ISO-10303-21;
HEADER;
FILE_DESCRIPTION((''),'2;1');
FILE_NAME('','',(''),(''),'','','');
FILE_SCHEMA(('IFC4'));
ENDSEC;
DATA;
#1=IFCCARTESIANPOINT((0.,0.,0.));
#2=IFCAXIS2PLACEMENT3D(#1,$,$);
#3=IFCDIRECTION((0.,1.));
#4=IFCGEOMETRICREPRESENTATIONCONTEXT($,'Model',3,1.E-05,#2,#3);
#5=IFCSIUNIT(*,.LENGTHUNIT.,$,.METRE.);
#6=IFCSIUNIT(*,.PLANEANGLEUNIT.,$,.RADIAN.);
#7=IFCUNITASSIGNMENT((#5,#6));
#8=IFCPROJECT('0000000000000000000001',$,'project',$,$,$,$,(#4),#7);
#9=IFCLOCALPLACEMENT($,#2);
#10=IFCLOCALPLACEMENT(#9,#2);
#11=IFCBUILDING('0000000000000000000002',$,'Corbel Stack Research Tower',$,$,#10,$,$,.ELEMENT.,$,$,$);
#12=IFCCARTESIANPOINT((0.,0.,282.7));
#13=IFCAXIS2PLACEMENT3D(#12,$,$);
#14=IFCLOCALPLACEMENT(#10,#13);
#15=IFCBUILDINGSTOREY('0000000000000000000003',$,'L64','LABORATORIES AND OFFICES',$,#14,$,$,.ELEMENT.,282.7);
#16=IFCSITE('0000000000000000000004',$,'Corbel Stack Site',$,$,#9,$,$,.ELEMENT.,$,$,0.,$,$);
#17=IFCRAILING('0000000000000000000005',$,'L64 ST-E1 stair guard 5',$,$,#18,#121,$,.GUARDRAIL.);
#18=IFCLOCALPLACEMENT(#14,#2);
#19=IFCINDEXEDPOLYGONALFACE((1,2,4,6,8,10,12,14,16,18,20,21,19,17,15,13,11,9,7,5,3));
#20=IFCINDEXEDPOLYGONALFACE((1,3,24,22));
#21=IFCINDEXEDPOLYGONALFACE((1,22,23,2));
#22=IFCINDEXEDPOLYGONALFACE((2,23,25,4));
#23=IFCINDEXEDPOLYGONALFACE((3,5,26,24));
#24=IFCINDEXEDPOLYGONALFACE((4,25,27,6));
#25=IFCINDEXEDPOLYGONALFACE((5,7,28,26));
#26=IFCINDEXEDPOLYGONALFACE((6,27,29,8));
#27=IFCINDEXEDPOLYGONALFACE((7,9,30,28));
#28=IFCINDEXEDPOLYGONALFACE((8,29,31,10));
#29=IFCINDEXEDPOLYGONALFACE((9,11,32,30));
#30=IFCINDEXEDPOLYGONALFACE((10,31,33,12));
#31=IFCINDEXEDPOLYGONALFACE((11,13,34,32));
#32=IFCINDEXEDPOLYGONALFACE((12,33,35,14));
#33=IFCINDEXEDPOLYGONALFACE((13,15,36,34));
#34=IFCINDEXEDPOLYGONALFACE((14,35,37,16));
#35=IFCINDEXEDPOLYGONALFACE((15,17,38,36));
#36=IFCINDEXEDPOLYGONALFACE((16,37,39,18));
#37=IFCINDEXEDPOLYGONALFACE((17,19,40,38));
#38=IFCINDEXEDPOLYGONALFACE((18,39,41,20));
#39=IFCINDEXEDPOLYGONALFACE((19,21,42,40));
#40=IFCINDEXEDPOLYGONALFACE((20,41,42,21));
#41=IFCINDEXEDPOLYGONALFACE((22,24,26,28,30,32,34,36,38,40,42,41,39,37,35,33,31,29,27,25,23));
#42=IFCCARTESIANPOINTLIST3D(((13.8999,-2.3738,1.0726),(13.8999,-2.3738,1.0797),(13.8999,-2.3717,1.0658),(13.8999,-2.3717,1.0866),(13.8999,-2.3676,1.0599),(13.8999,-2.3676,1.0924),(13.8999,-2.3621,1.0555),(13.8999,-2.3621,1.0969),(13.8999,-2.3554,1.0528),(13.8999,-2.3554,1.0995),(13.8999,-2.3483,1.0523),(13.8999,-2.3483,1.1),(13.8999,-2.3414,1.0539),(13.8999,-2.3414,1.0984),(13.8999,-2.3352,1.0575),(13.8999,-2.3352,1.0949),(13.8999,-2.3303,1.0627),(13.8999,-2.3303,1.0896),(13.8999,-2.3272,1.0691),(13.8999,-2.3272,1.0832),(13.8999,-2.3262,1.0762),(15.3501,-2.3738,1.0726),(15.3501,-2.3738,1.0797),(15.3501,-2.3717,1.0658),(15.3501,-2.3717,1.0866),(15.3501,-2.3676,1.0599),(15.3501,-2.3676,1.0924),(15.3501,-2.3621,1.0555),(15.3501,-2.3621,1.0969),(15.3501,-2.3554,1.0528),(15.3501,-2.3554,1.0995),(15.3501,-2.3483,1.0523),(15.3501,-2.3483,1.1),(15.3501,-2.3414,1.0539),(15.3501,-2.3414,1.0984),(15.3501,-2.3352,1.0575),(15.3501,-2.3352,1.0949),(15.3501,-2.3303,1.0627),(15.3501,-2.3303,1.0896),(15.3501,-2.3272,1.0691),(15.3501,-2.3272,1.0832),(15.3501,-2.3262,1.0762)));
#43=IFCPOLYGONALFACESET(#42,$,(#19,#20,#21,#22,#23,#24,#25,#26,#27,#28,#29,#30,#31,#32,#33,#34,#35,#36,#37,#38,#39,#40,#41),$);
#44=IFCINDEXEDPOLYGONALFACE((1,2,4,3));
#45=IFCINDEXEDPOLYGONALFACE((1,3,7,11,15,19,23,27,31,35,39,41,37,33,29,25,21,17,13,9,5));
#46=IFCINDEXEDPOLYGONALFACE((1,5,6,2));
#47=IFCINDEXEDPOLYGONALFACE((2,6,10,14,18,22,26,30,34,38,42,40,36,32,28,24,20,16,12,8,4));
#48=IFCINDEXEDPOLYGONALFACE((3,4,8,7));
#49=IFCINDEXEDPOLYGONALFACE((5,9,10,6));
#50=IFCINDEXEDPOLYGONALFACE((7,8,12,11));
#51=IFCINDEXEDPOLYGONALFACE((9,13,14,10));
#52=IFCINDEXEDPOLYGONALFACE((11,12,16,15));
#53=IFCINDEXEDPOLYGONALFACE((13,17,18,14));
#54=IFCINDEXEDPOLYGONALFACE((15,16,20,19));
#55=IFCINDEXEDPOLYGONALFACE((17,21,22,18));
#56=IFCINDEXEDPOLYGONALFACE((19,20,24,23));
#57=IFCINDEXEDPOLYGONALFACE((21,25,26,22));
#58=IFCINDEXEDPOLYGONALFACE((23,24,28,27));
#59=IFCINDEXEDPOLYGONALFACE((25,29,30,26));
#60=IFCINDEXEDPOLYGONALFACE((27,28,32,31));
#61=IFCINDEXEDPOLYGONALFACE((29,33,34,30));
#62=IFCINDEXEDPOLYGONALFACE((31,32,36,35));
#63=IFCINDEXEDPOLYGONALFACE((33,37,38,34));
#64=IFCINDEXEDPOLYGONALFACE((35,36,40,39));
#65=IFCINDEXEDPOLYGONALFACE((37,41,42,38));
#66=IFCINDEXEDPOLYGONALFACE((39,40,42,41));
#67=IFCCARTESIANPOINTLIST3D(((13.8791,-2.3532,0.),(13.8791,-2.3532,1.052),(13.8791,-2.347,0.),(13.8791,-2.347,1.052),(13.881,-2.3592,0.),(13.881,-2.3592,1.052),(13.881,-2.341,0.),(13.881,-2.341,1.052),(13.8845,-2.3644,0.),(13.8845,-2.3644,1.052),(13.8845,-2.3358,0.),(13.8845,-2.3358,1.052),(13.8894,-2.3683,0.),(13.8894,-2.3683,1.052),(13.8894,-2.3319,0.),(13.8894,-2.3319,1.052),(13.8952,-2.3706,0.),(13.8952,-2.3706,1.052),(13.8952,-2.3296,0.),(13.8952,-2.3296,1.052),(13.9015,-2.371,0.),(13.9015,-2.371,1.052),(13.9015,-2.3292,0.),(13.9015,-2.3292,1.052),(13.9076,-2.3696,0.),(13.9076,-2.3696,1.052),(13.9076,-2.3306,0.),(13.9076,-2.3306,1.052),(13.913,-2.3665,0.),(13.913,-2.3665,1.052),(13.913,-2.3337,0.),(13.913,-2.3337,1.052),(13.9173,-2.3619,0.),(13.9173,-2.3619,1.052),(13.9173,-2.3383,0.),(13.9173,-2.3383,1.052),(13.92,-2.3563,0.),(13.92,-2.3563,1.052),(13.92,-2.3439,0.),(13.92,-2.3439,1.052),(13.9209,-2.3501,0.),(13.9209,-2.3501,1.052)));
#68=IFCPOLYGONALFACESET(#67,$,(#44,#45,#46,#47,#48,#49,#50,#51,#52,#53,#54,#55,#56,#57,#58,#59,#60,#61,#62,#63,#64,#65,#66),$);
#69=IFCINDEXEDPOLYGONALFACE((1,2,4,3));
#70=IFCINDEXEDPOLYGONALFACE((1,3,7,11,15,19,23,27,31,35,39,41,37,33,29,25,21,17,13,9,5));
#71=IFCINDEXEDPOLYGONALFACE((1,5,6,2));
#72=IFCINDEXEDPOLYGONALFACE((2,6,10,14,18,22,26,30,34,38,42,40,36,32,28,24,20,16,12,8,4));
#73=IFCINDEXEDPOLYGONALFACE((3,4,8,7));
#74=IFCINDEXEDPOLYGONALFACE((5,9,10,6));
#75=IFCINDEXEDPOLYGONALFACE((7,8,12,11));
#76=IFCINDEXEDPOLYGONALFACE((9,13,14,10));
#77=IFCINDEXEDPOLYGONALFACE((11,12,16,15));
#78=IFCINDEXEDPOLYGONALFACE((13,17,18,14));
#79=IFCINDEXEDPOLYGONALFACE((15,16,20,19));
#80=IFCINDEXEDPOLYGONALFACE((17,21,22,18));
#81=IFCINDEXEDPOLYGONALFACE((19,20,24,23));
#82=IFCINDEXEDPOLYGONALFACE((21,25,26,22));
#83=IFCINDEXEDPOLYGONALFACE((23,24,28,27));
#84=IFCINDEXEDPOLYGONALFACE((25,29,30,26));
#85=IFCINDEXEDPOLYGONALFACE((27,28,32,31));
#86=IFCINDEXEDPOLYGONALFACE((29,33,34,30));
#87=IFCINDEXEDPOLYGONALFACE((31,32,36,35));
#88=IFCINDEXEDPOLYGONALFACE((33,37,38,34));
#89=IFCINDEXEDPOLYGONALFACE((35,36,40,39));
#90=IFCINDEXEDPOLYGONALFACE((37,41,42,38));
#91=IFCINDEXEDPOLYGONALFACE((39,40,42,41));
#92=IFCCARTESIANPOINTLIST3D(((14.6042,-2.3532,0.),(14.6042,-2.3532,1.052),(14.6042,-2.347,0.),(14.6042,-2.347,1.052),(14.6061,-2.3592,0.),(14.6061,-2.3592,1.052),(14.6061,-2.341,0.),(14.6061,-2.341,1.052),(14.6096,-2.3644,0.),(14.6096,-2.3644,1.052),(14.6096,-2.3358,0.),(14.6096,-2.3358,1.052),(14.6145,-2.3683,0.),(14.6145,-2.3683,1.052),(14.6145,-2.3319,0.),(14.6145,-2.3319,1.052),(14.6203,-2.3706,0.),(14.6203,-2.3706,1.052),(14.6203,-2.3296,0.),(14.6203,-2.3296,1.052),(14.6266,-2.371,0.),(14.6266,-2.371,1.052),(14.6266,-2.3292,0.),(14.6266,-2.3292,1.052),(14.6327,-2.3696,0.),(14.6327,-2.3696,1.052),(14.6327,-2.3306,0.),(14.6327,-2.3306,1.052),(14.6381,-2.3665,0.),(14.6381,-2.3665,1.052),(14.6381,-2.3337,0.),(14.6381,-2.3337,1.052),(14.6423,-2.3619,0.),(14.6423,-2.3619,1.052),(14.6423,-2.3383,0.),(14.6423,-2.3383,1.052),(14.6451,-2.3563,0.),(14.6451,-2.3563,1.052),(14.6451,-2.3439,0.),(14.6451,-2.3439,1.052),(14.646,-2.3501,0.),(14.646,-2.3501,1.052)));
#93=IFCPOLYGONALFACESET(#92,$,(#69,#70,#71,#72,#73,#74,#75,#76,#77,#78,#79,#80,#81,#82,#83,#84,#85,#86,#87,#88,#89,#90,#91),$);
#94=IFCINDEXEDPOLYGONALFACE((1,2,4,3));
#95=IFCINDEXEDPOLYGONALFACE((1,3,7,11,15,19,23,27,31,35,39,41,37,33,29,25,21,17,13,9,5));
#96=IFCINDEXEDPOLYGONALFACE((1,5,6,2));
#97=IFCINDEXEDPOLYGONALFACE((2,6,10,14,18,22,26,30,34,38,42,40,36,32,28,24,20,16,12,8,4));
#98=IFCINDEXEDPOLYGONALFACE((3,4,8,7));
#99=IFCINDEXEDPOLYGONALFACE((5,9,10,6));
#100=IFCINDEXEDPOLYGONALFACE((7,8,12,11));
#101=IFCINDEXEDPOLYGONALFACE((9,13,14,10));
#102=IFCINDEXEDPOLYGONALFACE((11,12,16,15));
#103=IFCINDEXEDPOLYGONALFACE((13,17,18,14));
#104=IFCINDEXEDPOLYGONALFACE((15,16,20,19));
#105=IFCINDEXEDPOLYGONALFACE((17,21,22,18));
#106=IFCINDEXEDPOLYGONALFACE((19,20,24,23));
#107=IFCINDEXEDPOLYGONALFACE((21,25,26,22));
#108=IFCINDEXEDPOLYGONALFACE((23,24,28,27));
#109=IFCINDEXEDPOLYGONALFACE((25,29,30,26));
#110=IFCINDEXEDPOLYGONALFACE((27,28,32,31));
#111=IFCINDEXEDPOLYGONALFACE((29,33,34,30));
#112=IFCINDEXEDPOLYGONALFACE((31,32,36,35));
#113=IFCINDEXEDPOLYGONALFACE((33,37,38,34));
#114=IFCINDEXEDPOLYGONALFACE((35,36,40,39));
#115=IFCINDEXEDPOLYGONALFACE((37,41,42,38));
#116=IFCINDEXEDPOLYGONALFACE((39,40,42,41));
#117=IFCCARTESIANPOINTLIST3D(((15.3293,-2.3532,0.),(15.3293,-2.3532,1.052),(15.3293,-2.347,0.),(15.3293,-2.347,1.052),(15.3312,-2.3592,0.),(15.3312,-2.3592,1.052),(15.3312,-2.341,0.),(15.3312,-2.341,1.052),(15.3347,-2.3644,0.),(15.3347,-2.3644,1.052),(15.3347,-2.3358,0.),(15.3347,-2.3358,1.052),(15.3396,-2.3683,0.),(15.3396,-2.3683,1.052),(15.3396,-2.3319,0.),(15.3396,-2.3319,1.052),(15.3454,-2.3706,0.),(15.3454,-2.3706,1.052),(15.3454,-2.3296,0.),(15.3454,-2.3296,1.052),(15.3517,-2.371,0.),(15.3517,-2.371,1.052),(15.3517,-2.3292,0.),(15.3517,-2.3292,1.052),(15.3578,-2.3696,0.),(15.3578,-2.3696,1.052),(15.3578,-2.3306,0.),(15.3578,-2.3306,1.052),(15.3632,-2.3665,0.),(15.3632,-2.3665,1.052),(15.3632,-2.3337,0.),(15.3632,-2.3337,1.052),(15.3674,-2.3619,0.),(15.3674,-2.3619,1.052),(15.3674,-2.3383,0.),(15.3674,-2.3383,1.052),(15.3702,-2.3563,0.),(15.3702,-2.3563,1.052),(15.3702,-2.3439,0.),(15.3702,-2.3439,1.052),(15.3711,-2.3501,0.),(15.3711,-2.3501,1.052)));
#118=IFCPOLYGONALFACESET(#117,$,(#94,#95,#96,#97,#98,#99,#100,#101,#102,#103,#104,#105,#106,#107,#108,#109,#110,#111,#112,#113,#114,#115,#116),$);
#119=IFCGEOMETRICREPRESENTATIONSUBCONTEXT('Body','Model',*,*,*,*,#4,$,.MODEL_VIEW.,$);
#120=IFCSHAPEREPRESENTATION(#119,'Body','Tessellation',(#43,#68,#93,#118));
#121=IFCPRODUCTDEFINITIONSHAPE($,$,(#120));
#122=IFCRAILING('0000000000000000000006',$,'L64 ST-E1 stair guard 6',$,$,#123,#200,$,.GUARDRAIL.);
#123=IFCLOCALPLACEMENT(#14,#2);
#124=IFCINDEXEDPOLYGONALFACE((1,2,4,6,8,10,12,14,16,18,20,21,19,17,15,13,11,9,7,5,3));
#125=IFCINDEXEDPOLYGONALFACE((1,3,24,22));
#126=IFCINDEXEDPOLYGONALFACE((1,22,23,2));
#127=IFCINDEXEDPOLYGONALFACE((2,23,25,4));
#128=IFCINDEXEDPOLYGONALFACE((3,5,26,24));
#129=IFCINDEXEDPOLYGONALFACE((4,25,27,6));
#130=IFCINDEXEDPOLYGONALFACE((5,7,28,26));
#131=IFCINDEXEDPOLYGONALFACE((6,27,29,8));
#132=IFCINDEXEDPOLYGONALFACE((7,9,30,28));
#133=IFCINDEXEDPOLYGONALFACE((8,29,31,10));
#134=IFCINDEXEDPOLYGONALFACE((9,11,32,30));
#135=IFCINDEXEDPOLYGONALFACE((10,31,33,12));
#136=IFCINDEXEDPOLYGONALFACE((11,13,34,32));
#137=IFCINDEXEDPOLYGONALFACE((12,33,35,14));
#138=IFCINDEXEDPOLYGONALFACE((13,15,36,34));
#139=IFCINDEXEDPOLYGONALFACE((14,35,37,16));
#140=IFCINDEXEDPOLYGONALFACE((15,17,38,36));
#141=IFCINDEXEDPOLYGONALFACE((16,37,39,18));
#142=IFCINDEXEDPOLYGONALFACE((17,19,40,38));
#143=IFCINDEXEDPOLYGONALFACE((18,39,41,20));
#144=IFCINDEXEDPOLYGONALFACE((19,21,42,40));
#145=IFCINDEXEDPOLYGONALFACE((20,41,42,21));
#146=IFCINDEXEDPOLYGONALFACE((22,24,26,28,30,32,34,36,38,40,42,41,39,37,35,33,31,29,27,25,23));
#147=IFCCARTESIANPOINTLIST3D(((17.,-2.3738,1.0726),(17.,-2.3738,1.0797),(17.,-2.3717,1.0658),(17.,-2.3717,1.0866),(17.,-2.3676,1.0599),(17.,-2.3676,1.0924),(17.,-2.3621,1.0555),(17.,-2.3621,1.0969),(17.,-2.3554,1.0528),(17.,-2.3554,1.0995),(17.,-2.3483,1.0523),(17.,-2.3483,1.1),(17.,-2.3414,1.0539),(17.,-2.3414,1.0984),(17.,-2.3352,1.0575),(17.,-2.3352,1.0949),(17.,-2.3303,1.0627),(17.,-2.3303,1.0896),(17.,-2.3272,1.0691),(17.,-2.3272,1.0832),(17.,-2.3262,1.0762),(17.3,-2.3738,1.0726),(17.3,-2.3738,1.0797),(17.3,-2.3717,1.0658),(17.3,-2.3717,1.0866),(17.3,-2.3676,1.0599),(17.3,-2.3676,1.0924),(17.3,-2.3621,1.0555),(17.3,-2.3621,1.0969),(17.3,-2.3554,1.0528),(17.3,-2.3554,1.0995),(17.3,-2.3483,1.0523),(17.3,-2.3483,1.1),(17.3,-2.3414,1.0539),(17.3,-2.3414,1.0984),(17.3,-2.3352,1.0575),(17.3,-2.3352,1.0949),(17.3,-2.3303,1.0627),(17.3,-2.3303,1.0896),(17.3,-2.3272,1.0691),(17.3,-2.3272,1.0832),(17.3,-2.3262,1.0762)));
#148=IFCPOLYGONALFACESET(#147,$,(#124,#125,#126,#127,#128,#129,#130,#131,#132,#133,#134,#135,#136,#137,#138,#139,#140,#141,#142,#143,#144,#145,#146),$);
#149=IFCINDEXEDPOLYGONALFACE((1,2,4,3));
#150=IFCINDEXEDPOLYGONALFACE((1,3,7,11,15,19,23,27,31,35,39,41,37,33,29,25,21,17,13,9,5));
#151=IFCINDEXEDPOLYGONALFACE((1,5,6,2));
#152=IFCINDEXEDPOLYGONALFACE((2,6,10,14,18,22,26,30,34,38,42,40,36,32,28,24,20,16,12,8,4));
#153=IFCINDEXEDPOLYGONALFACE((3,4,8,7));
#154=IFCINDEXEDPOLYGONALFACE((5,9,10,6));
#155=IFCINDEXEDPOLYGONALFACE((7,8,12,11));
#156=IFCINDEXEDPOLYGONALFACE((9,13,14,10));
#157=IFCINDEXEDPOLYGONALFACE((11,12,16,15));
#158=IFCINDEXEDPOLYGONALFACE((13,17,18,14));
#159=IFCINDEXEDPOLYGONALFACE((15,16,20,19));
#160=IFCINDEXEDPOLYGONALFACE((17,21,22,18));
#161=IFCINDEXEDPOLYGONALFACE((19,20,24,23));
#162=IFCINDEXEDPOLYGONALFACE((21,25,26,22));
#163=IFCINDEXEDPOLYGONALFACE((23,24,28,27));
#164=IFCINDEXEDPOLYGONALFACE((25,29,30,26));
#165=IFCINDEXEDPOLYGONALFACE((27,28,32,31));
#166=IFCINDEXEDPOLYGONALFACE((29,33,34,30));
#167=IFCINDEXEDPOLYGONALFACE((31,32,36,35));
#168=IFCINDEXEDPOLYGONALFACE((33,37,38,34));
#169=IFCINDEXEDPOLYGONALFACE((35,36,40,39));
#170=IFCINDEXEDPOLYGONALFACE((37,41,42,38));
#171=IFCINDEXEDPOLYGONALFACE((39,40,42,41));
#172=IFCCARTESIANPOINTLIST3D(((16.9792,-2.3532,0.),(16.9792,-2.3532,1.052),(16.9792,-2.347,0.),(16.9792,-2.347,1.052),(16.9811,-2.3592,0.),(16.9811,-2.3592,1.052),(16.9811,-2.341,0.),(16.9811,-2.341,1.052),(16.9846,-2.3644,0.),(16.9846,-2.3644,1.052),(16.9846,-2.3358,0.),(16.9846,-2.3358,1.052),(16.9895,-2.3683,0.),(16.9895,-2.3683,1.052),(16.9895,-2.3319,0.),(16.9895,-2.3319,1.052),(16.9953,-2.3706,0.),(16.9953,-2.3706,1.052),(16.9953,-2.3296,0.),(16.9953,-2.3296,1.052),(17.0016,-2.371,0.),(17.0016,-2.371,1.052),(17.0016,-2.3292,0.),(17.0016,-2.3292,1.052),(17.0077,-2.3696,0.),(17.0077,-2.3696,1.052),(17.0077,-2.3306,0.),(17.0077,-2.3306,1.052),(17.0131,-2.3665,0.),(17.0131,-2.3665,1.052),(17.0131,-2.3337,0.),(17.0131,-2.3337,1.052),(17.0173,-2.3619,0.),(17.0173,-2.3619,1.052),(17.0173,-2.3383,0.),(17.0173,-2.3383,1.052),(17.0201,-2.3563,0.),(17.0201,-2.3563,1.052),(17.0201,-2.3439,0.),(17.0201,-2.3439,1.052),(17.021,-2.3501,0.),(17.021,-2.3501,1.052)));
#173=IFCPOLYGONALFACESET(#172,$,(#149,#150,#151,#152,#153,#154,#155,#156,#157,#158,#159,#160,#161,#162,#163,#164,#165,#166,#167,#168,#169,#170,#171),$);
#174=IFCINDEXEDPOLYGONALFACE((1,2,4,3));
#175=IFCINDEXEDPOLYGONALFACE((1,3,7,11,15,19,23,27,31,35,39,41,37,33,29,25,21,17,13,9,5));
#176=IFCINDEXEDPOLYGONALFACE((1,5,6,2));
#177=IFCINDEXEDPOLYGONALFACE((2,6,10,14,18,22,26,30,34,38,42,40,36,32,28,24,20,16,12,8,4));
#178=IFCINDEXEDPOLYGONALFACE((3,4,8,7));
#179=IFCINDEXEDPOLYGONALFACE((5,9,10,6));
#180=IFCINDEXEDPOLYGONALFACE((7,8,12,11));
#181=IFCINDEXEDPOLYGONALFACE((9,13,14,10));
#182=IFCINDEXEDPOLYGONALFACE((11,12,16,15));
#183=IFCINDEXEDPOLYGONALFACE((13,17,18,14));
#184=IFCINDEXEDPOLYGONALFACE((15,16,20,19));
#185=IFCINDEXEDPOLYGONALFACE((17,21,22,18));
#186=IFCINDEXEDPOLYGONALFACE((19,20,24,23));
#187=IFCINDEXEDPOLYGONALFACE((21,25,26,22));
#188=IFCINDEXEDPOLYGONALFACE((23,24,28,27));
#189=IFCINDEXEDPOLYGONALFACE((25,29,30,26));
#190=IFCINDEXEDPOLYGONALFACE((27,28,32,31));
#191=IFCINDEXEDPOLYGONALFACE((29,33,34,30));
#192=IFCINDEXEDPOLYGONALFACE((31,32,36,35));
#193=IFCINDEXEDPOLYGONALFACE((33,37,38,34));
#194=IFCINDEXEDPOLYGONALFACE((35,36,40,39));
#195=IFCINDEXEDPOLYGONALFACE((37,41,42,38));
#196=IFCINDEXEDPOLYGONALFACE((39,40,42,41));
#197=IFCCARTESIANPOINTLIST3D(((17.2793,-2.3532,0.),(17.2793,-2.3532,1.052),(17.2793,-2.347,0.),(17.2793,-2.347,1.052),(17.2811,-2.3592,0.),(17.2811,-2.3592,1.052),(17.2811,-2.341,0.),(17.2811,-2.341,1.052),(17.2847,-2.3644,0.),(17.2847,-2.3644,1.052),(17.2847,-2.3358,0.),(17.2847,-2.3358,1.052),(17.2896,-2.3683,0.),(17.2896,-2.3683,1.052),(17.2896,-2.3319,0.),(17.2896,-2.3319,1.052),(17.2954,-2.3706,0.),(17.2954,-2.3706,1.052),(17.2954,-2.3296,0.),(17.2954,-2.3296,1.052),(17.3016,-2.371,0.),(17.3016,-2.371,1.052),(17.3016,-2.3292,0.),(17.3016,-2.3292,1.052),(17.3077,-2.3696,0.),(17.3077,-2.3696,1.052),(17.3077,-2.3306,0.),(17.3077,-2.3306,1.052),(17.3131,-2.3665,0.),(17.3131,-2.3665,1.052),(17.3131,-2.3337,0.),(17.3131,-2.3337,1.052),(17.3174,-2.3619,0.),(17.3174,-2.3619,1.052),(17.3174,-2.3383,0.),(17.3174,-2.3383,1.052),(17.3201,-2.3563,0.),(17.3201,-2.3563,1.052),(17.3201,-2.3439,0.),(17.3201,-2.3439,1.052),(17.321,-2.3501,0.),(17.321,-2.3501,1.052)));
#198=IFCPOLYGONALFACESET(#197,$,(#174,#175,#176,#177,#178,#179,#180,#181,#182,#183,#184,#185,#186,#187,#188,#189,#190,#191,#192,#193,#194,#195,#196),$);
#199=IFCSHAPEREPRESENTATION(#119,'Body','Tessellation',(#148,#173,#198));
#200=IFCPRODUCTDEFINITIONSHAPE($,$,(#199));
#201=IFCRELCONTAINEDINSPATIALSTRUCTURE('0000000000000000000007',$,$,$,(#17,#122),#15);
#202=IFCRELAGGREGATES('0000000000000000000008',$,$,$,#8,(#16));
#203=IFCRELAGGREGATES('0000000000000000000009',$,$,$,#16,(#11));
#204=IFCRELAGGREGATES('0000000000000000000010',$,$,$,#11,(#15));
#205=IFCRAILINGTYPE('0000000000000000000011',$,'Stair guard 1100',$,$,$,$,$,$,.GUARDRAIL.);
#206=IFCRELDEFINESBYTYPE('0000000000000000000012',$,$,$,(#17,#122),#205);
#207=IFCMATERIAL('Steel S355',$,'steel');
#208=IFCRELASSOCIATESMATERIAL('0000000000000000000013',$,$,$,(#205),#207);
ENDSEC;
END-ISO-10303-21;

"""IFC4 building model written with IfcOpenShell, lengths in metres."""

from ifc_helpers import new_model, si_unit, direction, frame, origin, origin_2d, place, context, subcontext, project, spatial, circle, extrude, material, type_object, element, save


model = new_model("IFC4")

# Units and contexts
model_context = context("Model", 3, precision=1e-05, world=origin(), true_north=direction((0.0, 1.0)))
body_context = subcontext(model_context, "Body", "Model", "MODEL_VIEW")
ifc_project = project(units=[si_unit("LENGTHUNIT", "METRE"), si_unit("PLANEANGLEUNIT", "RADIAN")], contexts=[model_context])

# Site, building, storey
site_placement = place(None, origin())
site = spatial("IfcSite", under=ifc_project, at=site_placement, Name="Corbel Stack Site", CompositionType="ELEMENT", RefElevation=0.0)
building_placement = place(site_placement, origin())
building = spatial("IfcBuilding", under=site, at=building_placement, Name="Corbel Stack Research Tower", CompositionType="ELEMENT")
storey_placement = place(building_placement, frame((0.0, 0.0, 282.7)))
storey = spatial("IfcBuildingStorey", under=building, at=storey_placement, Name="L64", Description="LABORATORIES AND OFFICES", CompositionType="ELEMENT", Elevation=282.7)

# Railings
ifc_material_1 = material(Name="Steel S355", Category="steel")
railing_type_1 = type_object("IfcRailingType", Name="Stair guard 1100", PredefinedType="GUARDRAIL", material=ifc_material_1)
railing_1_placement = place(storey_placement, frame((13.8999, -2.3501, 0.0)))
element("IfcRailing", 1, at=railing_1_placement, inside=storey, type_object=railing_type_1, Name="L64 ST-E1 stair guard 5", PredefinedType="GUARDRAIL", context=body_context, shape_type="SweptSolid", body=[
    extrude(circle(Radius=0.0239, at=origin_2d()), frame((0.0, 0.0, 1.0762), z_axis=(1.0, 0.0, 0.0), x_axis=(0.0, 1.0, 0.0)), (0.0, 0.0, 1.0), 1.4502),
    extrude(circle(Radius=0.021, at=origin_2d()), origin(), (0.0, 0.0, 1.0), 1.052),
    extrude(circle(Radius=0.021, at=origin_2d()), frame((0.7251, 0.0, 0.0)), (0.0, 0.0, 1.0), 1.052),
    extrude(circle(Radius=0.021, at=origin_2d()), frame((1.4502, 0.0, 0.0)), (0.0, 0.0, 1.0), 1.052),
])
railing_2_placement = place(storey_placement, frame((17.0, -2.3501, 0.0)))
element("IfcRailing", 2, at=railing_2_placement, inside=storey, type_object=railing_type_1, Name="L64 ST-E1 stair guard 6", PredefinedType="GUARDRAIL", context=body_context, shape_type="SweptSolid", body=[
    extrude(circle(Radius=0.0239, at=origin_2d()), frame((0.0, 0.0, 1.0762), z_axis=(1.0, 0.0, 0.0), x_axis=(0.0, 1.0, 0.0)), (0.0, 0.0, 1.0), 0.3),
    extrude(circle(Radius=0.021, at=origin_2d()), origin(), (0.0, 0.0, 1.0), 1.052),
    extrude(circle(Radius=0.021, at=origin_2d()), frame((0.3, 0.0, 0.0)), (0.0, 0.0, 1.0), 1.052),
])

save(model, "model.ifc")
